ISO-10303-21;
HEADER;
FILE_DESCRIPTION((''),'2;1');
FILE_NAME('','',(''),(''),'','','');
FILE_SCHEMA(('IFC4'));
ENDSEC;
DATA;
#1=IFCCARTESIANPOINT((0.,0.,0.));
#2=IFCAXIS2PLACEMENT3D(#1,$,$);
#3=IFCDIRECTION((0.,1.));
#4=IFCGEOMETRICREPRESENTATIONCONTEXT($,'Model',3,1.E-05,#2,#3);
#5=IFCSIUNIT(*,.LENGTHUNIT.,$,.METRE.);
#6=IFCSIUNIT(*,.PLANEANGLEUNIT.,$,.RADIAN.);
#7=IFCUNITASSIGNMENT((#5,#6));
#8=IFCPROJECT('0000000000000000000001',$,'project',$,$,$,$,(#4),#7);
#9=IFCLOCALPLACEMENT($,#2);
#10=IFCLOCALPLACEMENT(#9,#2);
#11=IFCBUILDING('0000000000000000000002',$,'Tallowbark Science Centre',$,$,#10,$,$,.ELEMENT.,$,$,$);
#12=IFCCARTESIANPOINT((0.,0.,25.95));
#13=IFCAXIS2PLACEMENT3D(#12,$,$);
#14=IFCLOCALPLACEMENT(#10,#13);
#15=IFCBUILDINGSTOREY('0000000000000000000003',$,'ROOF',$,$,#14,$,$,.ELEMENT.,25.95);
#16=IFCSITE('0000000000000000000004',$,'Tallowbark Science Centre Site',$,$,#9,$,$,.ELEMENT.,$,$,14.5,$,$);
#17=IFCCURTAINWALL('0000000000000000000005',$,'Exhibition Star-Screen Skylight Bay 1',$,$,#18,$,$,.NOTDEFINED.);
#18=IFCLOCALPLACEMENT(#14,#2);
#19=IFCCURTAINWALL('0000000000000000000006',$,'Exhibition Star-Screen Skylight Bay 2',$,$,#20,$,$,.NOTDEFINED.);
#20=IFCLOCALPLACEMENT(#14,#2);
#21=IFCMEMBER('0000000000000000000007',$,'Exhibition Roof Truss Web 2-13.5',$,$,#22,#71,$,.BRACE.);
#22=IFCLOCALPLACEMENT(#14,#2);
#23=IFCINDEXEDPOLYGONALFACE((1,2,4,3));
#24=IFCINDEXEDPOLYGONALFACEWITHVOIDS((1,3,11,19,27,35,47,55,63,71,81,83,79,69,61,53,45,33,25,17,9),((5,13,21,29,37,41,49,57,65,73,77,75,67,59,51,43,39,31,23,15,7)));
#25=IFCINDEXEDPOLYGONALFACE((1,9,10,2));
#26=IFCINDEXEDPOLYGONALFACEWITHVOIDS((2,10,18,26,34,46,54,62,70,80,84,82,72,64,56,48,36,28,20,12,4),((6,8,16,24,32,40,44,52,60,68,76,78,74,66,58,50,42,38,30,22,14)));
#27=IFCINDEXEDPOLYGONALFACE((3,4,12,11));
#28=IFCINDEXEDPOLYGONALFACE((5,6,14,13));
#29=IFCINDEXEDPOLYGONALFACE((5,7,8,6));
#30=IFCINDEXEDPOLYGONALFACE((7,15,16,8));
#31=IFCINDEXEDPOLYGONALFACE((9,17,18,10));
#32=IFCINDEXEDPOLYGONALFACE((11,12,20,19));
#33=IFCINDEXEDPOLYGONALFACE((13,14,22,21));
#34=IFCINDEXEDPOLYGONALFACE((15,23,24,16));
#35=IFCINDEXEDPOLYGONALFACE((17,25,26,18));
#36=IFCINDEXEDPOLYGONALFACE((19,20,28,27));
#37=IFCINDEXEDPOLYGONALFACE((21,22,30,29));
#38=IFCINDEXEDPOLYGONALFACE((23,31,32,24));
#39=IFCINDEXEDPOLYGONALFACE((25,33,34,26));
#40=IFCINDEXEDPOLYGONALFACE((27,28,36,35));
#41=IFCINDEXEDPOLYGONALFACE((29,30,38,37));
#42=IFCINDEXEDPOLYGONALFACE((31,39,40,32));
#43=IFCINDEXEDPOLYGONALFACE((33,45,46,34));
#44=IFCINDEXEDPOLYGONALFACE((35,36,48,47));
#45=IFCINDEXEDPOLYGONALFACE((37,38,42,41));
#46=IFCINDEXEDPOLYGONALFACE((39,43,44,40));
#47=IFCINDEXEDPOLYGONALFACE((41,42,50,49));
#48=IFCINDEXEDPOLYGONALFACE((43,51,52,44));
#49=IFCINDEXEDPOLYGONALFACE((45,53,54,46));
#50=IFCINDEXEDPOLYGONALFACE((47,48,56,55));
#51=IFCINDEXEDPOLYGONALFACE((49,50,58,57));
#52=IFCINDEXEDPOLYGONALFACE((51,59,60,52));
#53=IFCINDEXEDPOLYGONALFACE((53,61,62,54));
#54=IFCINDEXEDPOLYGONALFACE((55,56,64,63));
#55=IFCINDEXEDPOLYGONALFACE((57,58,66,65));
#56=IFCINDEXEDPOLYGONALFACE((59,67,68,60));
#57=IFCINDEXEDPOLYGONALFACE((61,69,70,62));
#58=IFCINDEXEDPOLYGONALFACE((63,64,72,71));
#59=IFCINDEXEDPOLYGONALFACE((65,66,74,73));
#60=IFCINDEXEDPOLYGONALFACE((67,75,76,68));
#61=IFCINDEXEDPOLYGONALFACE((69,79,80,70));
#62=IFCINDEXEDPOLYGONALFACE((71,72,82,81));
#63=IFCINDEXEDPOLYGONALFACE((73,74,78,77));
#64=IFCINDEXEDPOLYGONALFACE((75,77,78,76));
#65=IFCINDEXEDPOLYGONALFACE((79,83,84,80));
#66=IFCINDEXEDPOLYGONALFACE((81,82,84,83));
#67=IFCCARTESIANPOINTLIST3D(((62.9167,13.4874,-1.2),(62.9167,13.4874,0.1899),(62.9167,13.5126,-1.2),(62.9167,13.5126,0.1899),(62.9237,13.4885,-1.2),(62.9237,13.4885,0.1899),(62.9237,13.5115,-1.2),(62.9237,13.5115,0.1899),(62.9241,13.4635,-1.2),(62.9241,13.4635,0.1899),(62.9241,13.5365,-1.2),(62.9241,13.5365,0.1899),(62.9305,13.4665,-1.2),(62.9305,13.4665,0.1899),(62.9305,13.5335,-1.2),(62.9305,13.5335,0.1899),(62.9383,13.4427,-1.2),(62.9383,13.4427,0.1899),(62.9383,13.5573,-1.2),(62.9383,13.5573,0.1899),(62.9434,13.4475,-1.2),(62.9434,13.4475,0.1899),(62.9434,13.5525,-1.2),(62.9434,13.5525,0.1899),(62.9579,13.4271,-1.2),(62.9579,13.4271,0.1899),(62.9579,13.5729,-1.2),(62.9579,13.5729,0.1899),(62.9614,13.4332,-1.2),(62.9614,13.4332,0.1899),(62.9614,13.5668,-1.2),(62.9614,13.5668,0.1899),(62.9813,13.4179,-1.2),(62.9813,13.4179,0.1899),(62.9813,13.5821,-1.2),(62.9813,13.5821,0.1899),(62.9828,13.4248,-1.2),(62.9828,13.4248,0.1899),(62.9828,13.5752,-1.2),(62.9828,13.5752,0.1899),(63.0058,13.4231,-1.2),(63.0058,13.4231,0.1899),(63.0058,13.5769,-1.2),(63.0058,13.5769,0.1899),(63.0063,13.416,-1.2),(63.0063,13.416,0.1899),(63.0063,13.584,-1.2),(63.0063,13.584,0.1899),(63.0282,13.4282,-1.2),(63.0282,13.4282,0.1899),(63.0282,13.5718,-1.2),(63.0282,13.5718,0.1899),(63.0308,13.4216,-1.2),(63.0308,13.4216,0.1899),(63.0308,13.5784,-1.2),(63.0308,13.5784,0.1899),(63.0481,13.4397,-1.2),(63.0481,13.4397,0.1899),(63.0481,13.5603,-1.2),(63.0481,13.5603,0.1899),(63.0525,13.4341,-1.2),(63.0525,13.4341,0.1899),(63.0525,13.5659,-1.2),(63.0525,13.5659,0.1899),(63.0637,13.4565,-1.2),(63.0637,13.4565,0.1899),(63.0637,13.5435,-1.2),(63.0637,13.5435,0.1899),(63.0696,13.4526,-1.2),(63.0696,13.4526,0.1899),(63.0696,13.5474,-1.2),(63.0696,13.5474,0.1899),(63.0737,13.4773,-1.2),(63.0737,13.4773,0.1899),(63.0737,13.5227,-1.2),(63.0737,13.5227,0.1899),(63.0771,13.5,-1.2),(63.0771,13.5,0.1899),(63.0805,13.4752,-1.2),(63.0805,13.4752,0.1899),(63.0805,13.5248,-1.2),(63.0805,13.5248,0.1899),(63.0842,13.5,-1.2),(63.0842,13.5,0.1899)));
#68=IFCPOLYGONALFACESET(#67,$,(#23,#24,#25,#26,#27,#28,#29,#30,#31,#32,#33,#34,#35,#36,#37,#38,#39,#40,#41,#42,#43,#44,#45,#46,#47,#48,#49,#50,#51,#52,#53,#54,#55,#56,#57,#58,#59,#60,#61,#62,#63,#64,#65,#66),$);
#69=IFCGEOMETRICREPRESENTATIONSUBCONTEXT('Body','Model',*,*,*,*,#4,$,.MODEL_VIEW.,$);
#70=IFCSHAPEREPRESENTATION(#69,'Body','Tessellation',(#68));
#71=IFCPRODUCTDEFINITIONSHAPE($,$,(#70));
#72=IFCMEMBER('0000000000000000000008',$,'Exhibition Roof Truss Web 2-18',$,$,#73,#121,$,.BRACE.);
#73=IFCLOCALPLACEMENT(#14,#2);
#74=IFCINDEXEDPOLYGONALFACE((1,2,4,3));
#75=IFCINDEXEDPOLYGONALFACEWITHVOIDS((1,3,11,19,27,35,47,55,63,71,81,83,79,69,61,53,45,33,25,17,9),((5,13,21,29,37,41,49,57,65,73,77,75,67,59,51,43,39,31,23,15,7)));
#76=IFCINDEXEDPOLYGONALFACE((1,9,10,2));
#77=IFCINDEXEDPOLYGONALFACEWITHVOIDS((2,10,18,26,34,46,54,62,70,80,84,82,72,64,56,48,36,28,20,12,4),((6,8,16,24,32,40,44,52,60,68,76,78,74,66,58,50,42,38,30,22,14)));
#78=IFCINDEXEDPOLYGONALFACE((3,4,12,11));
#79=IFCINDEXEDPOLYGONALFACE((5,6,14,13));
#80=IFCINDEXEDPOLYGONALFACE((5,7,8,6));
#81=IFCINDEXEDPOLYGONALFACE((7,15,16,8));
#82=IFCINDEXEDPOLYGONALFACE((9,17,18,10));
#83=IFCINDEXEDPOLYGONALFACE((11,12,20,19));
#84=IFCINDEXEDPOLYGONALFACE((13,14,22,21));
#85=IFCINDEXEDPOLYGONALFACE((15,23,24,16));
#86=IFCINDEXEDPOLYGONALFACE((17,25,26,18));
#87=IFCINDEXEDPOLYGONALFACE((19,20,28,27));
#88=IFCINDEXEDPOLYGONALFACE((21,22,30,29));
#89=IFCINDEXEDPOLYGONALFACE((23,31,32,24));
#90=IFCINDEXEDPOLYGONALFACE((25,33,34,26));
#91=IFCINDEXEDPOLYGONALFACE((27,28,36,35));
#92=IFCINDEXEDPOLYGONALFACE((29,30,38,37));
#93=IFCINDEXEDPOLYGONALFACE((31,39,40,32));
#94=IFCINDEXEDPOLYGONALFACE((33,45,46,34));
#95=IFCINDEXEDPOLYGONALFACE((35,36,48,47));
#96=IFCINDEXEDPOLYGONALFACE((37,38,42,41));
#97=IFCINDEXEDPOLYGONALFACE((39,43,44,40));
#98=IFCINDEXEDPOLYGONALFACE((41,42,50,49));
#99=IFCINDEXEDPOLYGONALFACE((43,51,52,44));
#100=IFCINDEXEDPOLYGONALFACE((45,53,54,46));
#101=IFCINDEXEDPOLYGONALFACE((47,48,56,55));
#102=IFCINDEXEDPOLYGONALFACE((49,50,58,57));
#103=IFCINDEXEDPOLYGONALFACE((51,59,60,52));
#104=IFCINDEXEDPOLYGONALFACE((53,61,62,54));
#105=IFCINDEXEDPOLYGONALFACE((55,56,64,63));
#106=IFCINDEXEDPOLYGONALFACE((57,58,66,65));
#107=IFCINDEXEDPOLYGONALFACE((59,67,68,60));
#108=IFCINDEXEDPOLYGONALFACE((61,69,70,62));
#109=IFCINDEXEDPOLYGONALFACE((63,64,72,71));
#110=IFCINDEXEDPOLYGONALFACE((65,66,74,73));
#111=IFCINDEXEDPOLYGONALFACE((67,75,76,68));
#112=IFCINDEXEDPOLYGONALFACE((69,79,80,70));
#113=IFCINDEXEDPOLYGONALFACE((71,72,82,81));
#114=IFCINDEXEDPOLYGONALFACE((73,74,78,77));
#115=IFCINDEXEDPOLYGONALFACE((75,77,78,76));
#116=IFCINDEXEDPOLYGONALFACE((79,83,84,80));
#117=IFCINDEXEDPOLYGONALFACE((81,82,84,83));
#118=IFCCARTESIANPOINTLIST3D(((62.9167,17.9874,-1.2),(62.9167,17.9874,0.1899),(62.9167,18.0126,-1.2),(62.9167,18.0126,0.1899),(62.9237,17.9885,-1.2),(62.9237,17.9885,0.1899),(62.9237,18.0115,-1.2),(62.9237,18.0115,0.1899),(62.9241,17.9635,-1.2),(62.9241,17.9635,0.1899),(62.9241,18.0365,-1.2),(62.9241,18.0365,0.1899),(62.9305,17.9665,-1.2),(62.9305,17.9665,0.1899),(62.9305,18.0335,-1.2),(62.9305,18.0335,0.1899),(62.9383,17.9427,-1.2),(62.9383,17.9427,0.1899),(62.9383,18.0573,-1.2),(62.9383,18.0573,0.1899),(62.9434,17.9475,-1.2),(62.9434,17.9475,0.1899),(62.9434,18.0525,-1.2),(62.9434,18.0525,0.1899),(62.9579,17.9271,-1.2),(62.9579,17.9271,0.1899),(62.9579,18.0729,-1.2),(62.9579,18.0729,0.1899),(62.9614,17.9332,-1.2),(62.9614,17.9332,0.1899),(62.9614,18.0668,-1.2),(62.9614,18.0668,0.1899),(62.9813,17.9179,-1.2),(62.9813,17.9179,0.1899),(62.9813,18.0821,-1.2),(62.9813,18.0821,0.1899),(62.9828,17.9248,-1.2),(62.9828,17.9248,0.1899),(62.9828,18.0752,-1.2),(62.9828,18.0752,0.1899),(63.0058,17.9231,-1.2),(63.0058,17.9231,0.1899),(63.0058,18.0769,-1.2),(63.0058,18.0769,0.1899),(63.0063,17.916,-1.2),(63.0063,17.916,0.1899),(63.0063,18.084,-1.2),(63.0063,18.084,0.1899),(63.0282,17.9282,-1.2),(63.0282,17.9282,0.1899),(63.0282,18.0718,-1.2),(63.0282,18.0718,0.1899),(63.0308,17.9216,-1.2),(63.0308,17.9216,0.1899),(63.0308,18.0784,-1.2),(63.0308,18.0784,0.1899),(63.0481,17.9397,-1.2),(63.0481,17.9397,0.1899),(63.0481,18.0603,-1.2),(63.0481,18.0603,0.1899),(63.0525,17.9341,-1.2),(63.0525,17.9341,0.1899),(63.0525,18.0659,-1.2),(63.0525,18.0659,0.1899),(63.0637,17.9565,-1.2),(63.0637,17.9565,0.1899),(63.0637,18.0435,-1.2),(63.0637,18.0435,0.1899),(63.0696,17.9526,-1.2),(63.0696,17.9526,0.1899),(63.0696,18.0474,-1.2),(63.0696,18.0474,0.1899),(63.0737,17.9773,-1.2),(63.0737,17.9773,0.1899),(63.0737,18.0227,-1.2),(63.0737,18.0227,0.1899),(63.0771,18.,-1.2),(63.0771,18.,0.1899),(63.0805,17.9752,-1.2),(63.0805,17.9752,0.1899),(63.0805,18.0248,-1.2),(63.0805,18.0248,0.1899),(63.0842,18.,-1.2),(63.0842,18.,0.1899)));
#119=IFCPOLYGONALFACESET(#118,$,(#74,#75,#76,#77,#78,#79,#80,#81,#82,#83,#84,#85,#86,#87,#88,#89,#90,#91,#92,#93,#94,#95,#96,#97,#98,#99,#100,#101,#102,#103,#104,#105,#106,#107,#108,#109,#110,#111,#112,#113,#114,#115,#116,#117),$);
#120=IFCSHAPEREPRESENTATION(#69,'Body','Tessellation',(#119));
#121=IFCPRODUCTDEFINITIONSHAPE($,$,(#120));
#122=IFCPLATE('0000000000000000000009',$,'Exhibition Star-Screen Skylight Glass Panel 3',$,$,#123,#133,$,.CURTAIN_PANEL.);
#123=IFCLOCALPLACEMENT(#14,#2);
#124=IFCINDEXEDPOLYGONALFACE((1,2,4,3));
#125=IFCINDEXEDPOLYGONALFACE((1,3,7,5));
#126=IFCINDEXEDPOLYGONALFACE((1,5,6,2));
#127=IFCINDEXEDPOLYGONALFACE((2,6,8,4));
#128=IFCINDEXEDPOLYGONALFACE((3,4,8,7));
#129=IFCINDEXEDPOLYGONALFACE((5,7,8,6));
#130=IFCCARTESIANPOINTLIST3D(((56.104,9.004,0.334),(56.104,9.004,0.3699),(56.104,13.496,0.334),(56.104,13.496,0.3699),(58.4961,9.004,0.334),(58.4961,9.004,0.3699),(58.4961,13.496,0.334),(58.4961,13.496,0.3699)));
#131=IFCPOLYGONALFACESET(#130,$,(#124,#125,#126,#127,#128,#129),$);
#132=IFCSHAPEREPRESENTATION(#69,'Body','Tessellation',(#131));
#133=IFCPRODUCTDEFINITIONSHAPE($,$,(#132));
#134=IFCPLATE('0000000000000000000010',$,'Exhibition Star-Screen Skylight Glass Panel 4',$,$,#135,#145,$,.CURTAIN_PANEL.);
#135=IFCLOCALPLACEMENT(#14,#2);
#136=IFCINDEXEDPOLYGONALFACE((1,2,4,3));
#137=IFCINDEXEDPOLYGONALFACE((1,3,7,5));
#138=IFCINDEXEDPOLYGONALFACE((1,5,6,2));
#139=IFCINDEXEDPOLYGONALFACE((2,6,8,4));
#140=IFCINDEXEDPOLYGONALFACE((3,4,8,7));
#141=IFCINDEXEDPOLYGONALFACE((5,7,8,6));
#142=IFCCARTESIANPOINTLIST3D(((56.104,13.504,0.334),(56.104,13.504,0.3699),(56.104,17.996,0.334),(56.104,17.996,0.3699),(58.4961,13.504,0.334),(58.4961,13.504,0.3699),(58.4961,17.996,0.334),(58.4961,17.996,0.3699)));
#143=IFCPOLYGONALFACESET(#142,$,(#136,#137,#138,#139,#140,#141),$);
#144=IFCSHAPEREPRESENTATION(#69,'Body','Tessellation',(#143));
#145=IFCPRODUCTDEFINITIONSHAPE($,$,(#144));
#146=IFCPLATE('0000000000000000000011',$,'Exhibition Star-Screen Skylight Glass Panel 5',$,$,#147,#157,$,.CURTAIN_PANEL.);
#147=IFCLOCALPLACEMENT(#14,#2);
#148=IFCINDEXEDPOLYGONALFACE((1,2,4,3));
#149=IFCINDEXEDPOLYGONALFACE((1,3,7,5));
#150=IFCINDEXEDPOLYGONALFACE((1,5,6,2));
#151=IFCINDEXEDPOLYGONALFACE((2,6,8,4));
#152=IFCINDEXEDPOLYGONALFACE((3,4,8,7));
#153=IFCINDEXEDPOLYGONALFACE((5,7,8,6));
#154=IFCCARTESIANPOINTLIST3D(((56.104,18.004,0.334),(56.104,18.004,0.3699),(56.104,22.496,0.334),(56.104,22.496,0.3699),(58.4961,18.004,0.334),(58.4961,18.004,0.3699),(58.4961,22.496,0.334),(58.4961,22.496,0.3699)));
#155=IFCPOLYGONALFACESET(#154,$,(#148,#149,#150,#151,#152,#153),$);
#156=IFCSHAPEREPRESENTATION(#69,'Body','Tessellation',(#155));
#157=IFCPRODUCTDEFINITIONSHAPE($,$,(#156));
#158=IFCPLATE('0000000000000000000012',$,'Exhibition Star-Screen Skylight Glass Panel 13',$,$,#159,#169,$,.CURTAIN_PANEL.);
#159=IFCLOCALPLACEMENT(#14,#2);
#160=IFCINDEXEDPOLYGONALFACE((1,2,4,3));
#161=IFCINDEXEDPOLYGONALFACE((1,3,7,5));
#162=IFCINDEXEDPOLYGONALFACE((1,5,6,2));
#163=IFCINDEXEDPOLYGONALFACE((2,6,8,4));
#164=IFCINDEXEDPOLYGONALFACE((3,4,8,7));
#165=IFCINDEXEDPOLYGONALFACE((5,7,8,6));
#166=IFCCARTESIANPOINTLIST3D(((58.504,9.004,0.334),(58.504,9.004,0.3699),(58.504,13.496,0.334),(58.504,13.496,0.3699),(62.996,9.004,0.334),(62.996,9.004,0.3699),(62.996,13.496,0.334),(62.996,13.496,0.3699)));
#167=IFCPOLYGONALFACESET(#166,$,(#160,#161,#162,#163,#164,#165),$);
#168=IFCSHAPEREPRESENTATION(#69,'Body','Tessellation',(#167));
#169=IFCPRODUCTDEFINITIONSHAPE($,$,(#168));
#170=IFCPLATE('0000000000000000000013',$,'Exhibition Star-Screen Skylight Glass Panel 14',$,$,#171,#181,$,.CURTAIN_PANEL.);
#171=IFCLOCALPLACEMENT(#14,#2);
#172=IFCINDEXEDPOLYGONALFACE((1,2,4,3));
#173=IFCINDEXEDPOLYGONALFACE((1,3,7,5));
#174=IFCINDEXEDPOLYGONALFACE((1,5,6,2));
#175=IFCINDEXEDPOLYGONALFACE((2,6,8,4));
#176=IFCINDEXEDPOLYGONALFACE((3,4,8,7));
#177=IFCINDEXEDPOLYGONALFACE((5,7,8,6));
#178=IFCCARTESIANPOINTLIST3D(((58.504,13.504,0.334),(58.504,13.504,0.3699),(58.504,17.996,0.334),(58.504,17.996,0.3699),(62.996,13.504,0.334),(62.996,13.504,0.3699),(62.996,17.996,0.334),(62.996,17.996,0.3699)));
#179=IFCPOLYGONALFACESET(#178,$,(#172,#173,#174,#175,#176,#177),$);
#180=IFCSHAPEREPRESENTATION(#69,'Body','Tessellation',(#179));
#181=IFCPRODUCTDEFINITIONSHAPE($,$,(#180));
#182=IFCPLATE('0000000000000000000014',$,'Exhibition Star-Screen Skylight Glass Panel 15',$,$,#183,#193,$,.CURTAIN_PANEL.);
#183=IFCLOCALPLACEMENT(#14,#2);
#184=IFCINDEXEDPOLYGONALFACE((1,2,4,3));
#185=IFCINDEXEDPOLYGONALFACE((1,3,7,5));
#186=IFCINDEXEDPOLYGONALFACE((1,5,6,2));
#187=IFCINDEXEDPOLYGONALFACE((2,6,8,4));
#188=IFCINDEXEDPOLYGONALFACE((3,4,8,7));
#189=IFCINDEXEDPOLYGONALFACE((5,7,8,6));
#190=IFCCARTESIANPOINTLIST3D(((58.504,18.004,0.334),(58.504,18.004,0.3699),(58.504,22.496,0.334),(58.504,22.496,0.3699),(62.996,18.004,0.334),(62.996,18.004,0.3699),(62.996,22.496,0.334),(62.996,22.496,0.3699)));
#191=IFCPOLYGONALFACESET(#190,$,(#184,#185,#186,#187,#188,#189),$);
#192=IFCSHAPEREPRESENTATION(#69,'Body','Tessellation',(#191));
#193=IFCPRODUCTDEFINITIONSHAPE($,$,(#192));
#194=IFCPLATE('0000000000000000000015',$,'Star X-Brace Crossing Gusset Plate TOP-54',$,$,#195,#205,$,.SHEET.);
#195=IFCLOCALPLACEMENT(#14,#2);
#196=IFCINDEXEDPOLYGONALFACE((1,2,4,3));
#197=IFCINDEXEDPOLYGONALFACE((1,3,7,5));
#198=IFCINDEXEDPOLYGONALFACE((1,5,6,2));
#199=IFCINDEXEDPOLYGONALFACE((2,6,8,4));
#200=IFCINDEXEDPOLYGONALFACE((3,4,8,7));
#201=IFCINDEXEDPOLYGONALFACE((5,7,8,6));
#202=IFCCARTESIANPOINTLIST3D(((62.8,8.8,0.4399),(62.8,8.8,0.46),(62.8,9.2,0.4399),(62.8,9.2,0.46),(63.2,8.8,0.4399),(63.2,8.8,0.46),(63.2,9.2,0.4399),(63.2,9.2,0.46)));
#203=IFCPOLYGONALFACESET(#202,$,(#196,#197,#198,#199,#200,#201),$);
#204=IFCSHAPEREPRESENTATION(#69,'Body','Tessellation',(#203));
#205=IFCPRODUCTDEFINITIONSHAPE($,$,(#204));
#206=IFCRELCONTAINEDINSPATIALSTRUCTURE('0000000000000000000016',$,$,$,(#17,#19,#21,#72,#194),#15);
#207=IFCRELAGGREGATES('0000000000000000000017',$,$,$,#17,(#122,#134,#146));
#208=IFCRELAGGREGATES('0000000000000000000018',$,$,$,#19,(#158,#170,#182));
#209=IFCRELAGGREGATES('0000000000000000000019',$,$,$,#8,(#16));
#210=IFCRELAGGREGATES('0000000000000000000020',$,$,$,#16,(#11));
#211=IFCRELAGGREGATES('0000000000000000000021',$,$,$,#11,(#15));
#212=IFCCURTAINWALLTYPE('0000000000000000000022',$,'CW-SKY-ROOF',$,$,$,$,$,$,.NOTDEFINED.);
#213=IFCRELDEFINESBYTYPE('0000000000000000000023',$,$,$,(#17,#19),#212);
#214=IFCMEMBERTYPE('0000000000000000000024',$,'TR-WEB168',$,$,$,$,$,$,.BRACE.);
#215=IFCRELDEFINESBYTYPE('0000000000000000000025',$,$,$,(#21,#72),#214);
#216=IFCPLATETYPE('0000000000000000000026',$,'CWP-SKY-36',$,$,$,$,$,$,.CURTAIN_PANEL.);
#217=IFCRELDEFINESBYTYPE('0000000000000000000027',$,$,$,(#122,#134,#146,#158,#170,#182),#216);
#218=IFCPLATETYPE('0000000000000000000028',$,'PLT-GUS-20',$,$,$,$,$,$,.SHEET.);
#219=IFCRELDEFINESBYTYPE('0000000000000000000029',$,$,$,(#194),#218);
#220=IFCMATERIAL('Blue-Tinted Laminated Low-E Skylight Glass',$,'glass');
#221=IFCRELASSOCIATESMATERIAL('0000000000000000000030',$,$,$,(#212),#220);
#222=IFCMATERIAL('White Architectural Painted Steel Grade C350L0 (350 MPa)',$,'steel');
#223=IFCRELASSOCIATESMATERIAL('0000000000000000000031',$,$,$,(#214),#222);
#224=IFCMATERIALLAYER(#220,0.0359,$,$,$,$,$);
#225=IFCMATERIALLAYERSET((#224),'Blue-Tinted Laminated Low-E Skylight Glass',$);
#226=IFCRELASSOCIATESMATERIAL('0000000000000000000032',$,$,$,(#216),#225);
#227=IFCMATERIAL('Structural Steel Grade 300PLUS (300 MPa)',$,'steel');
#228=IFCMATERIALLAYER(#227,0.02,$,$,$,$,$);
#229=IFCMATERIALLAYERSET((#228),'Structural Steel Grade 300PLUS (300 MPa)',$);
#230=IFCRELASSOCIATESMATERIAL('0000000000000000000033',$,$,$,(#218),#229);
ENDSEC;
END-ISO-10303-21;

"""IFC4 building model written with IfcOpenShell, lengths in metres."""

from ifc_helpers import new_model, si_unit, direction, frame, origin, origin_2d, place, context, subcontext, project, spatial, rectangle, hollow_circle, extrude, material, layer, layer_set, material_profile, profile_set, type_object, element, aggregate, save


model = new_model("IFC4")

# Units and contexts
model_context = context("Model", 3, precision=1e-05, world=origin(), true_north=direction((0.0, 1.0)))
body_context = subcontext(model_context, "Body", "Model", "MODEL_VIEW")
ifc_project = project(units=[si_unit("LENGTHUNIT", "METRE"), si_unit("PLANEANGLEUNIT", "RADIAN")], contexts=[model_context])

# Site, building, storey
site_placement = place(None, origin())
site = spatial("IfcSite", under=ifc_project, at=site_placement, Name="Tallowbark Science Centre Site", CompositionType="ELEMENT", RefElevation=14.5)
building_placement = place(site_placement, origin())
building = spatial("IfcBuilding", under=site, at=building_placement, Name="Tallowbark Science Centre", CompositionType="ELEMENT")
storey_placement = place(building_placement, frame((0.0, 0.0, 25.95)))
storey = spatial("IfcBuildingStorey", under=building, at=storey_placement, Name="ROOF", CompositionType="ELEMENT", Elevation=25.95)

# Shared definitions
ifc_material_1 = material(Name="White Architectural Painted Steel Grade C350L0 (350 MPa)", Category="steel")

# Curtain walls
ifc_material_2 = material(Name="Blue-Tinted Laminated Low-E Skylight Glass", Category="glass")
curtain_wall_type = type_object("IfcCurtainWallType", Name="CW-SKY-ROOF", PredefinedType="NOTDEFINED", material=ifc_material_2)
curtain_wall_1_placement = place(storey_placement, origin())
curtain_wall_1 = element("IfcCurtainWall", 1, at=curtain_wall_1_placement, inside=storey, type_object=curtain_wall_type, Name="Exhibition Star-Screen Skylight Bay 1", PredefinedType="NOTDEFINED")
curtain_wall_2_placement = place(storey_placement, origin())
curtain_wall_2 = element("IfcCurtainWall", 2, at=curtain_wall_2_placement, inside=storey, type_object=curtain_wall_type, Name="Exhibition Star-Screen Skylight Bay 2", PredefinedType="NOTDEFINED")

# Members
ifc_material_profile_1 = material_profile(ifc_material_1, hollow_circle(Radius=0.0842, WallThickness=0.0071, at=origin_2d()), Name="168.3x7.1CHS")
ifc_profile_set_1 = profile_set([ifc_material_profile_1], Name="White Architectural Painted Steel Grade C350L0 (350 MPa)")
member_type_1 = type_object("IfcMemberType", Name="TR-WEB168", PredefinedType="BRACE", material=ifc_profile_set_1)
for number, where, z_axis, x_axis, name in (
    (3, (63.0, 13.5, -1.2), (0.0, 0.0, 1.0), (1.0, 0.0, 0.0), "Exhibition Roof Truss Web 2-13.5"),
    (4, (63.0, 18.0, -1.2), (0.0, 0.0, 1.0), (1.0, 0.0, 0.0), "Exhibition Roof Truss Web 2-18"),
):
    element("IfcMember", number, at=place(storey_placement, frame(where, z_axis=z_axis, x_axis=x_axis)), inside=storey, type_object=member_type_1, Name=name, PredefinedType="BRACE", context=body_context, shape_type="SweptSolid", body=[
        extrude(hollow_circle(Radius=0.0842, WallThickness=0.0071, at=origin_2d()), origin(), (0.0, 0.0, 1.0), 1.3899),
    ])

# Plates
ifc_layer_1 = layer(ifc_material_2, 0.0359)
ifc_layer_set_1 = layer_set([ifc_layer_1], Name="Blue-Tinted Laminated Low-E Skylight Glass")
plate_type_1 = type_object("IfcPlateType", Name="CWP-SKY-36", PredefinedType="CURTAIN_PANEL", material=ifc_layer_set_1)
plate_1_placement = place(storey_placement, frame((57.3, 11.25, 0.334), z_axis=(0.0, 0.0, 1.0), x_axis=(1.0, 0.0, 0.0)))
plate_1 = element("IfcPlate", 5, at=plate_1_placement, type_object=plate_type_1, Name="Exhibition Star-Screen Skylight Glass Panel 3", PredefinedType="CURTAIN_PANEL", context=body_context, shape_type="SweptSolid", body=[
    extrude(rectangle(XDim=2.3921, YDim=4.4919, at=origin_2d()), origin(), (0.0, 0.0, 1.0), 0.0359),
])
plate_2_placement = place(storey_placement, frame((57.3, 15.75, 0.334), z_axis=(0.0, 0.0, 1.0), x_axis=(1.0, 0.0, 0.0)))
plate_2 = element("IfcPlate", 6, at=plate_2_placement, type_object=plate_type_1, Name="Exhibition Star-Screen Skylight Glass Panel 4", PredefinedType="CURTAIN_PANEL", context=body_context, shape_type="SweptSolid", body=[
    extrude(rectangle(XDim=2.3921, YDim=4.4919, at=origin_2d()), origin(), (0.0, 0.0, 1.0), 0.0359),
])
plate_3_placement = place(storey_placement, frame((57.3, 20.25, 0.334), z_axis=(0.0, 0.0, 1.0), x_axis=(1.0, 0.0, 0.0)))
plate_3 = element("IfcPlate", 7, at=plate_3_placement, type_object=plate_type_1, Name="Exhibition Star-Screen Skylight Glass Panel 5", PredefinedType="CURTAIN_PANEL", context=body_context, shape_type="SweptSolid", body=[
    extrude(rectangle(XDim=2.3921, YDim=4.4919, at=origin_2d()), origin(), (0.0, 0.0, 1.0), 0.0359),
])
aggregate(curtain_wall_1, [plate_1, plate_2, plate_3])
plate_4_placement = place(storey_placement, frame((60.75, 11.25, 0.334), z_axis=(0.0, 0.0, 1.0), x_axis=(1.0, 0.0, 0.0)))
plate_4 = element("IfcPlate", 8, at=plate_4_placement, type_object=plate_type_1, Name="Exhibition Star-Screen Skylight Glass Panel 13", PredefinedType="CURTAIN_PANEL", context=body_context, shape_type="SweptSolid", body=[
    extrude(rectangle(XDim=4.4919, YDim=4.4919, at=origin_2d()), origin(), (0.0, 0.0, 1.0), 0.0359),
])
plate_5_placement = place(storey_placement, frame((60.75, 15.75, 0.334), z_axis=(0.0, 0.0, 1.0), x_axis=(1.0, 0.0, 0.0)))
plate_5 = element("IfcPlate", 9, at=plate_5_placement, type_object=plate_type_1, Name="Exhibition Star-Screen Skylight Glass Panel 14", PredefinedType="CURTAIN_PANEL", context=body_context, shape_type="SweptSolid", body=[
    extrude(rectangle(XDim=4.4919, YDim=4.4919, at=origin_2d()), origin(), (0.0, 0.0, 1.0), 0.0359),
])
plate_6_placement = place(storey_placement, frame((60.75, 20.25, 0.334), z_axis=(0.0, 0.0, 1.0), x_axis=(1.0, 0.0, 0.0)))
plate_6 = element("IfcPlate", 10, at=plate_6_placement, type_object=plate_type_1, Name="Exhibition Star-Screen Skylight Glass Panel 15", PredefinedType="CURTAIN_PANEL", context=body_context, shape_type="SweptSolid", body=[
    extrude(rectangle(XDim=4.4919, YDim=4.4919, at=origin_2d()), origin(), (0.0, 0.0, 1.0), 0.0359),
])
aggregate(curtain_wall_2, [plate_4, plate_5, plate_6])
ifc_material_3 = material(Name="Structural Steel Grade 300PLUS (300 MPa)", Category="steel")
ifc_layer_2 = layer(ifc_material_3, 0.02)
ifc_layer_set_2 = layer_set([ifc_layer_2], Name="Structural Steel Grade 300PLUS (300 MPa)")
plate_type_2 = type_object("IfcPlateType", Name="PLT-GUS-20", PredefinedType="SHEET", material=ifc_layer_set_2)
plate_7_placement = place(storey_placement, frame((63.0, 9.0, 0.4399), z_axis=(0.0, 0.0, 1.0), x_axis=(1.0, 0.0, 0.0)))
element("IfcPlate", 11, at=plate_7_placement, inside=storey, type_object=plate_type_2, Name="Star X-Brace Crossing Gusset Plate TOP-54", PredefinedType="SHEET", context=body_context, shape_type="SweptSolid", body=[
    extrude(rectangle(XDim=0.3999, YDim=0.3999, at=origin_2d()), origin(), (0.0, 0.0, 1.0), 0.02),
])

save(model, "model.ifc")
